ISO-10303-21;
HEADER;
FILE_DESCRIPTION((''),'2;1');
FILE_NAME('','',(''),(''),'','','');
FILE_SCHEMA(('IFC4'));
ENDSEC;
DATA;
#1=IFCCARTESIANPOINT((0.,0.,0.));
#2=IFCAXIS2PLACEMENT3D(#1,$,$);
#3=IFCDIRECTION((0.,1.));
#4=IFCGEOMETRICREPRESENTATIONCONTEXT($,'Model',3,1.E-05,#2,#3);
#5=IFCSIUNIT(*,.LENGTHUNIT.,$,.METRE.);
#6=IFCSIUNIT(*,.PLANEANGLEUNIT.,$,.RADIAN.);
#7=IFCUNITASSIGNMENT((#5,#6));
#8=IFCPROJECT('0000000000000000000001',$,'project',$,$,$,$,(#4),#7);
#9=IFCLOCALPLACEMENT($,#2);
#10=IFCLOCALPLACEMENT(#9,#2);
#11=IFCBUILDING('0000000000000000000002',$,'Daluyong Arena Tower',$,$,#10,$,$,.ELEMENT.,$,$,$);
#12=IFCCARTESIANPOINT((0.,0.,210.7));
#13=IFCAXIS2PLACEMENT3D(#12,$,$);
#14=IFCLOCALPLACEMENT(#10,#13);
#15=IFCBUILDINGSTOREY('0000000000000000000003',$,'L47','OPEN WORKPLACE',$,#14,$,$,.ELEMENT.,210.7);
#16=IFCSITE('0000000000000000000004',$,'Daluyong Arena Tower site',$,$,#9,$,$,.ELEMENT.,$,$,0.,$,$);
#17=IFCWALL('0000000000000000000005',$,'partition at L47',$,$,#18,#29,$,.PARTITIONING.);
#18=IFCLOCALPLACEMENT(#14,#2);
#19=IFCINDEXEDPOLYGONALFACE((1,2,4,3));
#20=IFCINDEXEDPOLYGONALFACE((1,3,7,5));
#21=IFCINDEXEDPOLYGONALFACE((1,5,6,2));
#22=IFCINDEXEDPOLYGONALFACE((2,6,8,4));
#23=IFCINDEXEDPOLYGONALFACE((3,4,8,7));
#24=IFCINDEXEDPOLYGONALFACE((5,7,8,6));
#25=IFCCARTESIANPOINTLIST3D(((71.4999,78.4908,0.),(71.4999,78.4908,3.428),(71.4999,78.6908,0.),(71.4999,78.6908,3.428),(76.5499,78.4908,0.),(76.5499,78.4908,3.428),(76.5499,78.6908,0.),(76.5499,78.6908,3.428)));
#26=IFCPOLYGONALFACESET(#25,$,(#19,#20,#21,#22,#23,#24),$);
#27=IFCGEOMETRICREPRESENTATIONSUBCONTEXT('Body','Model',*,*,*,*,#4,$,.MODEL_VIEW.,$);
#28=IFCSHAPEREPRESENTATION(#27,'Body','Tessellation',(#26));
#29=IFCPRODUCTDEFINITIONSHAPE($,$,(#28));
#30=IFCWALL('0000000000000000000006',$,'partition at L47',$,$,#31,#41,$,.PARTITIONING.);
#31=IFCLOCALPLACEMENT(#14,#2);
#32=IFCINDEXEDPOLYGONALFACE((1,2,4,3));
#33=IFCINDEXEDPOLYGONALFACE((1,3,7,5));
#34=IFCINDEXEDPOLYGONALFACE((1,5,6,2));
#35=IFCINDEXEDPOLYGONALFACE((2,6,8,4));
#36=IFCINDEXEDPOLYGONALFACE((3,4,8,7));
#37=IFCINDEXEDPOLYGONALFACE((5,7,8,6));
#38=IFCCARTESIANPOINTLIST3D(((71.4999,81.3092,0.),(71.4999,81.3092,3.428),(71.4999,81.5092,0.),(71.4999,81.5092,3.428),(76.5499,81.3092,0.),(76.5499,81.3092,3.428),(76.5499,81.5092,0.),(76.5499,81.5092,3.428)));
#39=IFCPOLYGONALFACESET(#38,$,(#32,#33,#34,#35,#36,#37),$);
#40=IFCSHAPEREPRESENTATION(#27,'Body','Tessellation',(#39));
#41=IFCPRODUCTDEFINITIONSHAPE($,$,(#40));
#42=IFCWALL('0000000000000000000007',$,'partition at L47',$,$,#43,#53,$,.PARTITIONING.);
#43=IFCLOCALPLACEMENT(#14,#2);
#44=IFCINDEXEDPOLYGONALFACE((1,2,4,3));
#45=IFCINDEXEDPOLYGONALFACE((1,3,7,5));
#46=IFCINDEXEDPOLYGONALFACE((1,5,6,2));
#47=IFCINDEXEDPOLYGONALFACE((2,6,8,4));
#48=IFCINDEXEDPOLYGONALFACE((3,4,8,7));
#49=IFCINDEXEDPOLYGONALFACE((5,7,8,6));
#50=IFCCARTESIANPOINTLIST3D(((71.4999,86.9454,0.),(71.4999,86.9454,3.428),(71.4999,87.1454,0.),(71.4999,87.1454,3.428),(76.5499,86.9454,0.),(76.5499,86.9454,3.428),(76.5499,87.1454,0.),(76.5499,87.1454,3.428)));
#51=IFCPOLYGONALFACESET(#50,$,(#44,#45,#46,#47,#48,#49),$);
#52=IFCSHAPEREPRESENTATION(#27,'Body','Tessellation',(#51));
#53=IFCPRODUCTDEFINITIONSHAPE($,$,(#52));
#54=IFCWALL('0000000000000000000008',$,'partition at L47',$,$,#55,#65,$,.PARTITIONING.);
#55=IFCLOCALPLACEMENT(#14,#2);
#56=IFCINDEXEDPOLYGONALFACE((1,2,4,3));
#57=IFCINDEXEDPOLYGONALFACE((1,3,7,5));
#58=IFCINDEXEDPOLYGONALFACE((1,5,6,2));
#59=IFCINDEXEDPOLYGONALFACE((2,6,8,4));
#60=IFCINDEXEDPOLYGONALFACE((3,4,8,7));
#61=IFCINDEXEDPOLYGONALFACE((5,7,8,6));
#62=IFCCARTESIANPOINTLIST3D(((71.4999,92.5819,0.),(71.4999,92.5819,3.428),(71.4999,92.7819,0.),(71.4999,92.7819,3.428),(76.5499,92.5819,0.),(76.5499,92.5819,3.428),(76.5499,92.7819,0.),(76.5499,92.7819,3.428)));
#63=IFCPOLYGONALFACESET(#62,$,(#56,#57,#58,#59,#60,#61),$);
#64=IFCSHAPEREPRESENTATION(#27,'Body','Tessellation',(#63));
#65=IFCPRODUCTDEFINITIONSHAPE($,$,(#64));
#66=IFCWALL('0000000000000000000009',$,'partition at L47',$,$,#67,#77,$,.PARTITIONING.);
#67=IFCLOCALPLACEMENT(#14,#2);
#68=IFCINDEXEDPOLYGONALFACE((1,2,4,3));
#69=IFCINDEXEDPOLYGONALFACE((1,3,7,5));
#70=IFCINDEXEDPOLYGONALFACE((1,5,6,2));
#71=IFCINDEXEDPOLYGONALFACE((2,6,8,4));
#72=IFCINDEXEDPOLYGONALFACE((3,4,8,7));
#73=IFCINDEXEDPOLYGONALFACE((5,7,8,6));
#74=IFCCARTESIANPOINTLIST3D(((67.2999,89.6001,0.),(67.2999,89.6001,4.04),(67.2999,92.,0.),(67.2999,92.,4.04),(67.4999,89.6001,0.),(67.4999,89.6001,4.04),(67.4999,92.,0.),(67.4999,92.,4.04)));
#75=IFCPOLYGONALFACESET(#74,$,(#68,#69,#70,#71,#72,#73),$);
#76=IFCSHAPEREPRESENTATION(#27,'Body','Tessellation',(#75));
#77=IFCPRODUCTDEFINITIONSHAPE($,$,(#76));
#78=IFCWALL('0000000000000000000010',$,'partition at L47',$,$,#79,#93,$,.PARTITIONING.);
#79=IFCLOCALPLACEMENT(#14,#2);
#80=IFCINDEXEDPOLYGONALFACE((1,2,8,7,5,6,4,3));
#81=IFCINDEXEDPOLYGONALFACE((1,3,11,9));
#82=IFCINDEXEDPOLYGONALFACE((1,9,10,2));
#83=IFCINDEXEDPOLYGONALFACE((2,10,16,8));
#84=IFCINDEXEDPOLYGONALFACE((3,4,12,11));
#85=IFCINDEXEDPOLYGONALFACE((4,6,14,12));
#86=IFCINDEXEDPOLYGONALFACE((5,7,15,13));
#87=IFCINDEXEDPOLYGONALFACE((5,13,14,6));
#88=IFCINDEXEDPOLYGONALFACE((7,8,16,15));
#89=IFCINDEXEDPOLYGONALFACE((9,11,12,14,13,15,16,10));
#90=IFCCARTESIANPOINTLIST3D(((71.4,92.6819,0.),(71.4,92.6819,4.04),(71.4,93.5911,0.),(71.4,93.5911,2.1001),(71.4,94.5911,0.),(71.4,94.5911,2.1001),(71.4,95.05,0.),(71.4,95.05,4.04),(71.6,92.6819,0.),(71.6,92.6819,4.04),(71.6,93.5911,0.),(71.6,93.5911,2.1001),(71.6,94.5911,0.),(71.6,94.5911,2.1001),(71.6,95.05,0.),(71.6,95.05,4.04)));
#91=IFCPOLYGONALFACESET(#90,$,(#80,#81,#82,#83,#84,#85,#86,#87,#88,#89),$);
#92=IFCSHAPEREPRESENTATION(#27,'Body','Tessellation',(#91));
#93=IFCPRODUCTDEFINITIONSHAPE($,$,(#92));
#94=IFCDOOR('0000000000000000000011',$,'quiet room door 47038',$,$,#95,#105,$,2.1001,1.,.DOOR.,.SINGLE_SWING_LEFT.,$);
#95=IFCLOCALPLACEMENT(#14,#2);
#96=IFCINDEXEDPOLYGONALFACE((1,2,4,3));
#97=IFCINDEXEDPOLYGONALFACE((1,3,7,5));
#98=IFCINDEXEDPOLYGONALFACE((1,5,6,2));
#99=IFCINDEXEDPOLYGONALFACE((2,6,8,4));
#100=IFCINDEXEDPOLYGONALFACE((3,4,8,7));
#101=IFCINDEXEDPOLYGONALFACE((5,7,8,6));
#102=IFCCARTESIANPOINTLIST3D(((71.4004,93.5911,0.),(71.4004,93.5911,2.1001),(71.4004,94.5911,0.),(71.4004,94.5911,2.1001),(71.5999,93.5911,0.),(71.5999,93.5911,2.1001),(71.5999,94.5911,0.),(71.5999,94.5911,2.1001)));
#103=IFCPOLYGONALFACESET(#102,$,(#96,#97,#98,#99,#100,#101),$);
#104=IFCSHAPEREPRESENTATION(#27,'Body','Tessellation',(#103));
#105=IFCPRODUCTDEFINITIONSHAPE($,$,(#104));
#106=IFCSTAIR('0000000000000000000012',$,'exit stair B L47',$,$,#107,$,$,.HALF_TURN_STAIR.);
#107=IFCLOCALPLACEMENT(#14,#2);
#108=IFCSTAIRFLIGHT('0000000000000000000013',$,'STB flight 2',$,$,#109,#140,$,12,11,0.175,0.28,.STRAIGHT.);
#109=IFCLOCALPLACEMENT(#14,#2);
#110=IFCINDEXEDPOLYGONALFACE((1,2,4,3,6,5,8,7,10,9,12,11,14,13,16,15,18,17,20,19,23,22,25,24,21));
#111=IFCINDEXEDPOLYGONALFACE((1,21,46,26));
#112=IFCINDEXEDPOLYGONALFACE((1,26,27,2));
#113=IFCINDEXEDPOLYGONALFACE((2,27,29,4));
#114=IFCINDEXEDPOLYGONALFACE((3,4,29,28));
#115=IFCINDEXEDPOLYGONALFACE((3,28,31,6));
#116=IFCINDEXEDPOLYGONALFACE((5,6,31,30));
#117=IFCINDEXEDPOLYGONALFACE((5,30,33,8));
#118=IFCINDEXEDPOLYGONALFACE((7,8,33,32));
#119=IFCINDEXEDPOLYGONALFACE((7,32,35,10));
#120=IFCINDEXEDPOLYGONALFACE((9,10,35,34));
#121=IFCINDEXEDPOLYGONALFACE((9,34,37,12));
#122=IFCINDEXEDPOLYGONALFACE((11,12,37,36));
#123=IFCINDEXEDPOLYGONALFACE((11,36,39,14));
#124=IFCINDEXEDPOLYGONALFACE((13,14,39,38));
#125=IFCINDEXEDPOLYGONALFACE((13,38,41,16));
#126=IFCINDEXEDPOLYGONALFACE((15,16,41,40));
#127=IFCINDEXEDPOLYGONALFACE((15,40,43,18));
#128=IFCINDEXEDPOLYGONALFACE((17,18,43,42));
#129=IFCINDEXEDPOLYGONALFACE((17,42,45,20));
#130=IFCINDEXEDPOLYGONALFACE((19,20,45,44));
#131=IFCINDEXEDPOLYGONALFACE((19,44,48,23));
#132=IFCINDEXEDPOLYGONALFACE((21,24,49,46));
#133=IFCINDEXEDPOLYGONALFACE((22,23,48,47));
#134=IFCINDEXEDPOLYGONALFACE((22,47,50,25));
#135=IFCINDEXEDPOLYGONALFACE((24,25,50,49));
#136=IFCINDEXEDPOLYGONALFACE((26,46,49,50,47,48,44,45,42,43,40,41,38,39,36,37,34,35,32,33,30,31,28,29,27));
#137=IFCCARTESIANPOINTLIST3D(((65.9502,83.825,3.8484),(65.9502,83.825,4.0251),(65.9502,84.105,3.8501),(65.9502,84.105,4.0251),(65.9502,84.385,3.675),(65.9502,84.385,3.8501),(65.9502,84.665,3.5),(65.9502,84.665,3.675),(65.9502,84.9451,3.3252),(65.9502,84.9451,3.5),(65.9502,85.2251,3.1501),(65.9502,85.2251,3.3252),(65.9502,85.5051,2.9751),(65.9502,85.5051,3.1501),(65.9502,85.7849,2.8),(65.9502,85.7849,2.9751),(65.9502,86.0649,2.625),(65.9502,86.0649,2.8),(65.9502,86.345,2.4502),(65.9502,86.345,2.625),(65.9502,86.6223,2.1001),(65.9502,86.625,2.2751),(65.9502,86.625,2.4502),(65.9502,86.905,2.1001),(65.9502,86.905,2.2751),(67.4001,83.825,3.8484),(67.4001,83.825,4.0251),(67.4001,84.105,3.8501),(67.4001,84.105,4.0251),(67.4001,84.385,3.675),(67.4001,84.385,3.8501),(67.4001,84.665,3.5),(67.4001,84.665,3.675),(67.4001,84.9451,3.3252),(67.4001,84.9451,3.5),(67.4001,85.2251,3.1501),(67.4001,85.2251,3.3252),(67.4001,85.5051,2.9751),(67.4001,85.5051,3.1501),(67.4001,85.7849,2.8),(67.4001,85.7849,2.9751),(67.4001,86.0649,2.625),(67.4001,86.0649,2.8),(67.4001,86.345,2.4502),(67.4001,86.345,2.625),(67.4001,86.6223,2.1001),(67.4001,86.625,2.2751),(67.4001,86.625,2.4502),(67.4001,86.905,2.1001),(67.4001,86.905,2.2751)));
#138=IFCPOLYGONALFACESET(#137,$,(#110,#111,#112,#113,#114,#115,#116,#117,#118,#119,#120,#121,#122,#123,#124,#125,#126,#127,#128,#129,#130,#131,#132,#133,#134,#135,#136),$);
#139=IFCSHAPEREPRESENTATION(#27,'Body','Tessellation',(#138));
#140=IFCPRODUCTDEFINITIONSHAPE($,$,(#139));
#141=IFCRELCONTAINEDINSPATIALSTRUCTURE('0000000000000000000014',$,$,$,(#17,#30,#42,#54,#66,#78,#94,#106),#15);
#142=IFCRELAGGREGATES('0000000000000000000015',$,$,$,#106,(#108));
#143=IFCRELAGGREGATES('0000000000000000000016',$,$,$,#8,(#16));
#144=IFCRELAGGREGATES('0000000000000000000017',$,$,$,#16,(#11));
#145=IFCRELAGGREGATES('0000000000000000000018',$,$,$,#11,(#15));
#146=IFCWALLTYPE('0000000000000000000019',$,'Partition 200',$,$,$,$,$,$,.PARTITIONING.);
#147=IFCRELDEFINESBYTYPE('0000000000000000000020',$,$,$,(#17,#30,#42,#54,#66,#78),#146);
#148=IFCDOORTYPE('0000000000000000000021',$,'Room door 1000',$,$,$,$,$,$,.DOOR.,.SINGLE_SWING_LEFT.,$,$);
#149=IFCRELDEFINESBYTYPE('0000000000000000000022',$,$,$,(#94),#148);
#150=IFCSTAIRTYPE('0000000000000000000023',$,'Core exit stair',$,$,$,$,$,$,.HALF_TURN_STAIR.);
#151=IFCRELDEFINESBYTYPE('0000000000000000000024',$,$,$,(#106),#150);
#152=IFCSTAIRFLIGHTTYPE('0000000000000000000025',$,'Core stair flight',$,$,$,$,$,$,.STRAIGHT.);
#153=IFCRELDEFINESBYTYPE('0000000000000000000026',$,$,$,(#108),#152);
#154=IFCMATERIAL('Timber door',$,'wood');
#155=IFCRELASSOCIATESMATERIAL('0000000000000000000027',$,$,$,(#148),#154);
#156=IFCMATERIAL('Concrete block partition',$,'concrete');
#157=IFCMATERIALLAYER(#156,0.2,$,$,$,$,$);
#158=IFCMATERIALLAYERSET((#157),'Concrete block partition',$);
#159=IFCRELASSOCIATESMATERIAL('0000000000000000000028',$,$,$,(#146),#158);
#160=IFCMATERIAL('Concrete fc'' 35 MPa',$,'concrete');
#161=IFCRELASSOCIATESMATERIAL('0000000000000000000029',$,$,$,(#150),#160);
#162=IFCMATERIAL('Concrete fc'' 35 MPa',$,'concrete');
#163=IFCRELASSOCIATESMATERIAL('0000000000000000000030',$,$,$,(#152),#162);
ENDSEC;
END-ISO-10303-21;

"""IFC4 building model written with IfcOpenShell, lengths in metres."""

from ifc_helpers import new_model, si_unit, direction, frame, frame_2d, origin, place, context, subcontext, project, spatial, polyline, rectangle, outline, extrude, material, layer, layer_set, type_object, element, fill, aggregate, save


model = new_model("IFC4")

# Units and contexts
model_context = context("Model", 3, precision=1e-05, world=origin(), true_north=direction((0.0, 1.0)))
body_context = subcontext(model_context, "Body", "Model", "MODEL_VIEW")
ifc_project = project(units=[si_unit("LENGTHUNIT", "METRE"), si_unit("PLANEANGLEUNIT", "RADIAN")], contexts=[model_context])

# Site, building, storey
site_placement = place(None, origin())
site = spatial("IfcSite", under=ifc_project, at=site_placement, Name="Daluyong Arena Tower site", CompositionType="ELEMENT", RefElevation=0.0)
building_placement = place(site_placement, origin())
building = spatial("IfcBuilding", under=site, at=building_placement, Name="Daluyong Arena Tower", CompositionType="ELEMENT")
storey_placement = place(building_placement, frame((0.0, 0.0, 210.7)))
storey = spatial("IfcBuildingStorey", under=building, at=storey_placement, Name="L47", Description="OPEN WORKPLACE", CompositionType="ELEMENT", Elevation=210.7)

# Shared definitions
ifc_material_1 = material(Name="Timber door", Category="wood")
door_type = type_object("IfcDoorType", Name="Room door 1000", OperationType="SINGLE_SWING_LEFT", PredefinedType="DOOR", material=ifc_material_1)

# Walls
ifc_material_2 = material(Name="Concrete block partition", Category="concrete")
ifc_layer_1 = layer(ifc_material_2, 0.2)
ifc_layer_set_1 = layer_set([ifc_layer_1], Name="Concrete block partition")
wall_type_1 = type_object("IfcWallType", Name="Partition 200", PredefinedType="PARTITIONING", material=ifc_layer_set_1)
for number, where, z_axis, x_axis, name in (
    (1, (71.5, 78.5908, 0.0), (0.0, 0.0, 1.0), (1.0, 0.0, 0.0), "partition at L47"),
    (2, (71.5, 81.4092, 0.0), (0.0, 0.0, 1.0), (1.0, 0.0, 0.0), "partition at L47"),
    (3, (71.5, 87.0454, 0.0), (0.0, 0.0, 1.0), (1.0, 0.0, 0.0), "partition at L47"),
    (4, (71.5, 92.6819, 0.0), (0.0, 0.0, 1.0), (1.0, 0.0, 0.0), "partition at L47"),
):
    element("IfcWall", number, at=place(storey_placement, frame(where, z_axis=z_axis, x_axis=x_axis)), inside=storey, type_object=wall_type_1, Name=name, PredefinedType="PARTITIONING", context=body_context, shape_type="SweptSolid", body=[
        extrude(rectangle(XDim=5.05, YDim=0.2, at=frame_2d((2.5249, 0.0))), origin(), (0.0, 0.0, 1.0), 3.428),
    ])
wall_1_placement = place(storey_placement, frame((67.3999, 89.6001, 0.0), z_axis=(0.0, 0.0, 1.0), x_axis=(0.0, 1.0, 0.0)))
element("IfcWall", 5, at=wall_1_placement, inside=storey, type_object=wall_type_1, Name="partition at L47", PredefinedType="PARTITIONING", context=body_context, shape_type="SweptSolid", body=[
    extrude(rectangle(XDim=2.3999, YDim=0.2, at=frame_2d((1.2, 0.0))), origin(), (0.0, 0.0, 1.0), 4.04),
])

# Wall, opening, door
wall_2_placement = place(storey_placement, frame((71.5, 92.6819, 0.0), z_axis=(0.0, 0.0, 1.0), x_axis=(0.0, 1.0, 0.0)))
wall_2 = element("IfcWall", 6, at=wall_2_placement, inside=storey, type_object=wall_type_1, Name="partition at L47", PredefinedType="PARTITIONING", context=body_context, shape_type="SweptSolid", body=[
    extrude(rectangle(XDim=2.3682, YDim=0.2, at=frame_2d((1.1841, 0.0))), origin(), (0.0, 0.0, 1.0), 4.04),
])
opening_1_placement = place(wall_2_placement, frame((0.9092, 0.0, 0.0)))
opening_1 = element("IfcOpeningElement", 7, at=opening_1_placement, cuts=wall_2, PredefinedType="OPENING", context=body_context, shape_type="SweptSolid", body=[
    extrude(rectangle(XDim=1.0, YDim=2.1001, at=frame_2d((0.5, 1.05))), frame((0.0, 0.1099, 0.0), z_axis=(0.0, -1.0, 0.0), x_axis=(1.0, 0.0, 0.0)), (0.0, 0.0, 1.0), 0.22),
])
door_1_placement = place(opening_1_placement, origin())
door_1 = element("IfcDoor", 8, at=door_1_placement, inside=storey, type_object=door_type, Name="quiet room door 47038", OperationType="SINGLE_SWING_LEFT", OverallHeight=2.1001, OverallWidth=1.0, PredefinedType="DOOR", context=body_context, shape_type="SweptSolid", body=[
    extrude(rectangle(XDim=1.0, YDim=2.1001, at=frame_2d((0.5, 1.05))), frame((0.0, 0.0996, 0.0), z_axis=(0.0, -1.0, 0.0), x_axis=(1.0, 0.0, 0.0)), (0.0, 0.0, 1.0), 0.1995),
])
fill(opening_1, door_1)

# Stair, stair flight
ifc_material_3 = material(Name="Concrete fc' 35 MPa", Category="concrete")
stair_type = type_object("IfcStairType", Name="Core exit stair", PredefinedType="HALF_TURN_STAIR", material=ifc_material_3)
stair_placement = place(storey_placement, origin())
stair = element("IfcStair", 9, at=stair_placement, inside=storey, type_object=stair_type, Name="exit stair B L47", PredefinedType="HALF_TURN_STAIR")
ifc_material_4 = material(Name="Concrete fc' 35 MPa", Category="concrete")
stair_flight_type = type_object("IfcStairFlightType", Name="Core stair flight", PredefinedType="STRAIGHT", material=ifc_material_4)
stair_flight_placement = place(storey_placement, frame((66.675, 86.905, 2.1001), z_axis=(0.0, 0.0, 1.0), x_axis=(0.0, -1.0, 0.0)))
stair_flight = element("IfcStairFlight", 10, at=stair_flight_placement, type_object=stair_flight_type, Name="STB flight 2", NumberOfRisers=12, NumberOfTreads=11, PredefinedType="STRAIGHT", RiserHeight=0.175, TreadLength=0.28, context=body_context, shape_type="SweptSolid", body=[
    extrude(outline(polyline([(0.0, 0.0), (0.0, 0.175), (0.28, 0.175), (0.28, 0.3501), (0.5601, 0.3501), (0.5601, 0.5249), (0.8401, 0.5249), (0.8401, 0.7), (1.1201, 0.7), (1.1201, 0.875), (1.3999, 0.875), (1.3999, 1.05), (1.6799, 1.05), (1.6799, 1.2251), (1.96, 1.2251), (1.96, 1.3999), (2.24, 1.3999), (2.24, 1.575), (2.52, 1.575), (2.52, 1.75), (2.8, 1.75), (2.8, 1.925), (3.0801, 1.925), (3.0801, 2.1001), (3.0801, 1.7483), (0.2827, 0.0), (0.0, 0.0)])), frame((0.0, 0.7251, 0.0), z_axis=(0.0, -1.0, 0.0), x_axis=(1.0, 0.0, 0.0)), (0.0, 0.0, 1.0), 1.45),
])
aggregate(stair, [stair_flight])

save(model, "model.ifc")
